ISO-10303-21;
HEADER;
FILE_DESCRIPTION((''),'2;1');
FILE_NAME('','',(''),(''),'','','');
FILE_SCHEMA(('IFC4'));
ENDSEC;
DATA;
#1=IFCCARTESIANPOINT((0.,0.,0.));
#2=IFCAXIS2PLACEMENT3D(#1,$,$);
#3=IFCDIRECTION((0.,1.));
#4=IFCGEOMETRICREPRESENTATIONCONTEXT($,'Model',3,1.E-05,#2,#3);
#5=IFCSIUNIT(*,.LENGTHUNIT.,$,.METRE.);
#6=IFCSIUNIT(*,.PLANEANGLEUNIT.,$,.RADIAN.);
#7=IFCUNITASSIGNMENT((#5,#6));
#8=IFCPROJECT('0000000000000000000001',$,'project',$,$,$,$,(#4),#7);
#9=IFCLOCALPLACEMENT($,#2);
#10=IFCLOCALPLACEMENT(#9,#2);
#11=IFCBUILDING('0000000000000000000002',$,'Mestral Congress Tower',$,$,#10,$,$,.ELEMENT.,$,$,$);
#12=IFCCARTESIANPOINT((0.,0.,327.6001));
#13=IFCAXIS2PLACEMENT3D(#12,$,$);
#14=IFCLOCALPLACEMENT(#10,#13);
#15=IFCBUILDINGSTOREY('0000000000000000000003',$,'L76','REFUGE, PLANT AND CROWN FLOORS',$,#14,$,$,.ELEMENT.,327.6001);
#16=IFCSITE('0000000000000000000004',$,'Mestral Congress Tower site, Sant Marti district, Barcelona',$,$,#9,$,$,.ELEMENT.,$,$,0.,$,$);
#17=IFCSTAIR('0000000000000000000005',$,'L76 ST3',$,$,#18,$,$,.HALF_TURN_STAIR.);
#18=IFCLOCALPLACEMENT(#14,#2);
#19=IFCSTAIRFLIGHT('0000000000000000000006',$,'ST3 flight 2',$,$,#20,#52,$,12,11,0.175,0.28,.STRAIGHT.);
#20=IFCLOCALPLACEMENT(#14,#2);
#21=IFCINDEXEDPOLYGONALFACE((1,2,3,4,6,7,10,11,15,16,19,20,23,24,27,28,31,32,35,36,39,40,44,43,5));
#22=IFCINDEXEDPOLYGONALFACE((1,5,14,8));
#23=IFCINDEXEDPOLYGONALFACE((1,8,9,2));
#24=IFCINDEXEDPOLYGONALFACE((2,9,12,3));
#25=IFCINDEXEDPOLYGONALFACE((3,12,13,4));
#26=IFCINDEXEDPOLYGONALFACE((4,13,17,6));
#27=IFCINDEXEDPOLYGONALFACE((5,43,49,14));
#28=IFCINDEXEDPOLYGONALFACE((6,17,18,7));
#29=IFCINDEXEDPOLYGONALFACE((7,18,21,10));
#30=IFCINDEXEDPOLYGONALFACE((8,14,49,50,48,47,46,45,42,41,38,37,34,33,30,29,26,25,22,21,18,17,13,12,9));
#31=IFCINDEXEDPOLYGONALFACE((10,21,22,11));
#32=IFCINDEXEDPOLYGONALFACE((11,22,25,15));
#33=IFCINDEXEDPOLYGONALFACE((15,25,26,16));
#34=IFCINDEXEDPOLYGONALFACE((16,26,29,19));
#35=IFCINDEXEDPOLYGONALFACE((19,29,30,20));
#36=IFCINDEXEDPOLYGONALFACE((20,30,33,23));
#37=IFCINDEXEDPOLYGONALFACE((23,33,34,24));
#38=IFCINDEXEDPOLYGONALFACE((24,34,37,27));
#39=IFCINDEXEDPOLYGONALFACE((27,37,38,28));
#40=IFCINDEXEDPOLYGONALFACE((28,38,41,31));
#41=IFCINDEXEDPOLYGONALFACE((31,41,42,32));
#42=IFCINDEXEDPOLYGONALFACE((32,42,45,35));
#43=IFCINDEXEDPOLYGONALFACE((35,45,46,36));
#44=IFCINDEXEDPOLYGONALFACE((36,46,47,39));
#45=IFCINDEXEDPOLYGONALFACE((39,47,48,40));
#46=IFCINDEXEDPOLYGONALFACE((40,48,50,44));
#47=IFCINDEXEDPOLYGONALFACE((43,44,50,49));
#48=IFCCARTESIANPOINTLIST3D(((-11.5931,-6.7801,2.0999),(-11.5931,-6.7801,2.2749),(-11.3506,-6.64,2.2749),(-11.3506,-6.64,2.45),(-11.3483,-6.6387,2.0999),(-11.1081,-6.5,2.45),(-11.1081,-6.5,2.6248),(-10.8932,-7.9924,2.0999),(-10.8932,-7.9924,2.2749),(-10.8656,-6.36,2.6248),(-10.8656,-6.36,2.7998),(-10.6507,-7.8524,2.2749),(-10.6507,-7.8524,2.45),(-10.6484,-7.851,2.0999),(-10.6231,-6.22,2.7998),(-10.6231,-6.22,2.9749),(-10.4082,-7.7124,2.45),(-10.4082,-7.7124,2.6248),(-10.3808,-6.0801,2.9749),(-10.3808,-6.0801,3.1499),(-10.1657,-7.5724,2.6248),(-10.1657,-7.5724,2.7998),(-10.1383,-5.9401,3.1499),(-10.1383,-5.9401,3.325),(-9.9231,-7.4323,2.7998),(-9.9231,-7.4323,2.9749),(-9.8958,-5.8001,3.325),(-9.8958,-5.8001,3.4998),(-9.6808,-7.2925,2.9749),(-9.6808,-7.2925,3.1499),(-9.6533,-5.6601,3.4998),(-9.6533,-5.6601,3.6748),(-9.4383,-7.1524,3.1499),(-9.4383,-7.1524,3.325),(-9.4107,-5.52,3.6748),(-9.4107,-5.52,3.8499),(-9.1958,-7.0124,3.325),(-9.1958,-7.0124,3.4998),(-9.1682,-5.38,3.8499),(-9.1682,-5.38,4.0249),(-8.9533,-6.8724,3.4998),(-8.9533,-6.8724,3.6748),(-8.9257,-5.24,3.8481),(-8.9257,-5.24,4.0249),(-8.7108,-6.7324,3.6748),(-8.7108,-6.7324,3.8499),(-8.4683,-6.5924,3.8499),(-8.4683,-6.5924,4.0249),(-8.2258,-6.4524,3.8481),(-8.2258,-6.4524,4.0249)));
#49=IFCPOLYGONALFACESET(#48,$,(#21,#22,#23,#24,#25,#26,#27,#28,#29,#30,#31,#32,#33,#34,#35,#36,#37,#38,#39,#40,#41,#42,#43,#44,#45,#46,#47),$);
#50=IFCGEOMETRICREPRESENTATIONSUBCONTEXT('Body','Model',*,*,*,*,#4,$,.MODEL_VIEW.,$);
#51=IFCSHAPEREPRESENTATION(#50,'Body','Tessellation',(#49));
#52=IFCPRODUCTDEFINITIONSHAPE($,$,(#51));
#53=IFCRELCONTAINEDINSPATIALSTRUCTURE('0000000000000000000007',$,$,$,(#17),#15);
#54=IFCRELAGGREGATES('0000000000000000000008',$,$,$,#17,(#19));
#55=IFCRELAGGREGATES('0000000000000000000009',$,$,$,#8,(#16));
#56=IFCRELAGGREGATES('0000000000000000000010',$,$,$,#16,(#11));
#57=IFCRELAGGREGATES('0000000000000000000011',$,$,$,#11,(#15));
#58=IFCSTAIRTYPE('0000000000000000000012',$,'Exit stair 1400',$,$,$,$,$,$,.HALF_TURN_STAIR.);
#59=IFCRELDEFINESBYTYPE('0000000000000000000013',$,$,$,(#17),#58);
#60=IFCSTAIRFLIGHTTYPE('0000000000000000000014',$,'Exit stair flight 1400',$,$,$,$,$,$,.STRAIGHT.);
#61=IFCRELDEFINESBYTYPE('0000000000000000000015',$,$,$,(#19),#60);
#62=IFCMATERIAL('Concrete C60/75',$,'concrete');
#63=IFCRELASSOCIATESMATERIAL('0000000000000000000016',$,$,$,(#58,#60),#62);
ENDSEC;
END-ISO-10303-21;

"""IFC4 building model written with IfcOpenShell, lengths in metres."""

from ifc_helpers import new_model, si_unit, direction, frame, origin, place, context, subcontext, project, spatial, polyline, outline, extrude, material, type_object, element, aggregate, save


model = new_model("IFC4")

# Units and contexts
model_context = context("Model", 3, precision=1e-05, world=origin(), true_north=direction((0.0, 1.0)))
body_context = subcontext(model_context, "Body", "Model", "MODEL_VIEW")
ifc_project = project(units=[si_unit("LENGTHUNIT", "METRE"), si_unit("PLANEANGLEUNIT", "RADIAN")], contexts=[model_context])

# Site, building, storey
site_placement = place(None, origin())
site = spatial("IfcSite", under=ifc_project, at=site_placement, Name="Mestral Congress Tower site, Sant Marti district, Barcelona", CompositionType="ELEMENT", RefElevation=0.0)
building_placement = place(site_placement, origin())
building = spatial("IfcBuilding", under=site, at=building_placement, Name="Mestral Congress Tower", CompositionType="ELEMENT")
storey_placement = place(building_placement, frame((0.0, 0.0, 327.6001)))
storey = spatial("IfcBuildingStorey", under=building, at=storey_placement, Name="L76", Description="REFUGE, PLANT AND CROWN FLOORS", CompositionType="ELEMENT", Elevation=327.6001)

# Shared definitions
placement = place(storey_placement, origin())

# Shared definitions
ifc_material_1 = material(Name="Concrete C60/75", Category="concrete")

# Stair, stair flight
stair_type = type_object("IfcStairType", Name="Exit stair 1400", PredefinedType="HALF_TURN_STAIR", material=ifc_material_1)
stair = element("IfcStair", 1, at=placement, inside=storey, type_object=stair_type, Name="L76 ST3", PredefinedType="HALF_TURN_STAIR")
stair_flight_type = type_object("IfcStairFlightType", Name="Exit stair flight 1400", PredefinedType="STRAIGHT", material=ifc_material_1)
stair_flight_placement = place(storey_placement, frame((-11.2432, -7.3862, 2.0999), z_axis=(0.0, 0.0, 1.0), x_axis=(0.866025, 0.5, 0.0)))
stair_flight = element("IfcStairFlight", 2, at=stair_flight_placement, type_object=stair_flight_type, Name="ST3 flight 2", NumberOfRisers=12, NumberOfTreads=11, PredefinedType="STRAIGHT", RiserHeight=0.175, TreadLength=0.28, context=body_context, shape_type="SweptSolid", body=[
    extrude(outline(polyline([(0.0, 0.0), (0.0, 0.175), (0.28, 0.175), (0.28, 0.3501), (0.5601, 0.3501), (0.5601, 0.5249), (0.8401, 0.5249), (0.8401, 0.7), (1.1201, 0.7), (1.1201, 0.875), (1.3999, 0.875), (1.3999, 1.05), (1.6799, 1.05), (1.6799, 1.2251), (1.96, 1.2251), (1.96, 1.3999), (2.24, 1.3999), (2.24, 1.575), (2.52, 1.575), (2.52, 1.75), (2.8, 1.75), (2.8, 1.925), (3.0801, 1.925), (3.0801, 2.1001), (3.0801, 1.7483), (0.2827, 0.0), (0.0, 0.0)])), frame((0.0, 0.7, 0.0), z_axis=(0.0, -1.0, 0.0), x_axis=(1.0, 0.0, 0.0)), (0.0, 0.0, 1.0), 1.3999),
])
aggregate(stair, [stair_flight])

save(model, "model.ifc")
